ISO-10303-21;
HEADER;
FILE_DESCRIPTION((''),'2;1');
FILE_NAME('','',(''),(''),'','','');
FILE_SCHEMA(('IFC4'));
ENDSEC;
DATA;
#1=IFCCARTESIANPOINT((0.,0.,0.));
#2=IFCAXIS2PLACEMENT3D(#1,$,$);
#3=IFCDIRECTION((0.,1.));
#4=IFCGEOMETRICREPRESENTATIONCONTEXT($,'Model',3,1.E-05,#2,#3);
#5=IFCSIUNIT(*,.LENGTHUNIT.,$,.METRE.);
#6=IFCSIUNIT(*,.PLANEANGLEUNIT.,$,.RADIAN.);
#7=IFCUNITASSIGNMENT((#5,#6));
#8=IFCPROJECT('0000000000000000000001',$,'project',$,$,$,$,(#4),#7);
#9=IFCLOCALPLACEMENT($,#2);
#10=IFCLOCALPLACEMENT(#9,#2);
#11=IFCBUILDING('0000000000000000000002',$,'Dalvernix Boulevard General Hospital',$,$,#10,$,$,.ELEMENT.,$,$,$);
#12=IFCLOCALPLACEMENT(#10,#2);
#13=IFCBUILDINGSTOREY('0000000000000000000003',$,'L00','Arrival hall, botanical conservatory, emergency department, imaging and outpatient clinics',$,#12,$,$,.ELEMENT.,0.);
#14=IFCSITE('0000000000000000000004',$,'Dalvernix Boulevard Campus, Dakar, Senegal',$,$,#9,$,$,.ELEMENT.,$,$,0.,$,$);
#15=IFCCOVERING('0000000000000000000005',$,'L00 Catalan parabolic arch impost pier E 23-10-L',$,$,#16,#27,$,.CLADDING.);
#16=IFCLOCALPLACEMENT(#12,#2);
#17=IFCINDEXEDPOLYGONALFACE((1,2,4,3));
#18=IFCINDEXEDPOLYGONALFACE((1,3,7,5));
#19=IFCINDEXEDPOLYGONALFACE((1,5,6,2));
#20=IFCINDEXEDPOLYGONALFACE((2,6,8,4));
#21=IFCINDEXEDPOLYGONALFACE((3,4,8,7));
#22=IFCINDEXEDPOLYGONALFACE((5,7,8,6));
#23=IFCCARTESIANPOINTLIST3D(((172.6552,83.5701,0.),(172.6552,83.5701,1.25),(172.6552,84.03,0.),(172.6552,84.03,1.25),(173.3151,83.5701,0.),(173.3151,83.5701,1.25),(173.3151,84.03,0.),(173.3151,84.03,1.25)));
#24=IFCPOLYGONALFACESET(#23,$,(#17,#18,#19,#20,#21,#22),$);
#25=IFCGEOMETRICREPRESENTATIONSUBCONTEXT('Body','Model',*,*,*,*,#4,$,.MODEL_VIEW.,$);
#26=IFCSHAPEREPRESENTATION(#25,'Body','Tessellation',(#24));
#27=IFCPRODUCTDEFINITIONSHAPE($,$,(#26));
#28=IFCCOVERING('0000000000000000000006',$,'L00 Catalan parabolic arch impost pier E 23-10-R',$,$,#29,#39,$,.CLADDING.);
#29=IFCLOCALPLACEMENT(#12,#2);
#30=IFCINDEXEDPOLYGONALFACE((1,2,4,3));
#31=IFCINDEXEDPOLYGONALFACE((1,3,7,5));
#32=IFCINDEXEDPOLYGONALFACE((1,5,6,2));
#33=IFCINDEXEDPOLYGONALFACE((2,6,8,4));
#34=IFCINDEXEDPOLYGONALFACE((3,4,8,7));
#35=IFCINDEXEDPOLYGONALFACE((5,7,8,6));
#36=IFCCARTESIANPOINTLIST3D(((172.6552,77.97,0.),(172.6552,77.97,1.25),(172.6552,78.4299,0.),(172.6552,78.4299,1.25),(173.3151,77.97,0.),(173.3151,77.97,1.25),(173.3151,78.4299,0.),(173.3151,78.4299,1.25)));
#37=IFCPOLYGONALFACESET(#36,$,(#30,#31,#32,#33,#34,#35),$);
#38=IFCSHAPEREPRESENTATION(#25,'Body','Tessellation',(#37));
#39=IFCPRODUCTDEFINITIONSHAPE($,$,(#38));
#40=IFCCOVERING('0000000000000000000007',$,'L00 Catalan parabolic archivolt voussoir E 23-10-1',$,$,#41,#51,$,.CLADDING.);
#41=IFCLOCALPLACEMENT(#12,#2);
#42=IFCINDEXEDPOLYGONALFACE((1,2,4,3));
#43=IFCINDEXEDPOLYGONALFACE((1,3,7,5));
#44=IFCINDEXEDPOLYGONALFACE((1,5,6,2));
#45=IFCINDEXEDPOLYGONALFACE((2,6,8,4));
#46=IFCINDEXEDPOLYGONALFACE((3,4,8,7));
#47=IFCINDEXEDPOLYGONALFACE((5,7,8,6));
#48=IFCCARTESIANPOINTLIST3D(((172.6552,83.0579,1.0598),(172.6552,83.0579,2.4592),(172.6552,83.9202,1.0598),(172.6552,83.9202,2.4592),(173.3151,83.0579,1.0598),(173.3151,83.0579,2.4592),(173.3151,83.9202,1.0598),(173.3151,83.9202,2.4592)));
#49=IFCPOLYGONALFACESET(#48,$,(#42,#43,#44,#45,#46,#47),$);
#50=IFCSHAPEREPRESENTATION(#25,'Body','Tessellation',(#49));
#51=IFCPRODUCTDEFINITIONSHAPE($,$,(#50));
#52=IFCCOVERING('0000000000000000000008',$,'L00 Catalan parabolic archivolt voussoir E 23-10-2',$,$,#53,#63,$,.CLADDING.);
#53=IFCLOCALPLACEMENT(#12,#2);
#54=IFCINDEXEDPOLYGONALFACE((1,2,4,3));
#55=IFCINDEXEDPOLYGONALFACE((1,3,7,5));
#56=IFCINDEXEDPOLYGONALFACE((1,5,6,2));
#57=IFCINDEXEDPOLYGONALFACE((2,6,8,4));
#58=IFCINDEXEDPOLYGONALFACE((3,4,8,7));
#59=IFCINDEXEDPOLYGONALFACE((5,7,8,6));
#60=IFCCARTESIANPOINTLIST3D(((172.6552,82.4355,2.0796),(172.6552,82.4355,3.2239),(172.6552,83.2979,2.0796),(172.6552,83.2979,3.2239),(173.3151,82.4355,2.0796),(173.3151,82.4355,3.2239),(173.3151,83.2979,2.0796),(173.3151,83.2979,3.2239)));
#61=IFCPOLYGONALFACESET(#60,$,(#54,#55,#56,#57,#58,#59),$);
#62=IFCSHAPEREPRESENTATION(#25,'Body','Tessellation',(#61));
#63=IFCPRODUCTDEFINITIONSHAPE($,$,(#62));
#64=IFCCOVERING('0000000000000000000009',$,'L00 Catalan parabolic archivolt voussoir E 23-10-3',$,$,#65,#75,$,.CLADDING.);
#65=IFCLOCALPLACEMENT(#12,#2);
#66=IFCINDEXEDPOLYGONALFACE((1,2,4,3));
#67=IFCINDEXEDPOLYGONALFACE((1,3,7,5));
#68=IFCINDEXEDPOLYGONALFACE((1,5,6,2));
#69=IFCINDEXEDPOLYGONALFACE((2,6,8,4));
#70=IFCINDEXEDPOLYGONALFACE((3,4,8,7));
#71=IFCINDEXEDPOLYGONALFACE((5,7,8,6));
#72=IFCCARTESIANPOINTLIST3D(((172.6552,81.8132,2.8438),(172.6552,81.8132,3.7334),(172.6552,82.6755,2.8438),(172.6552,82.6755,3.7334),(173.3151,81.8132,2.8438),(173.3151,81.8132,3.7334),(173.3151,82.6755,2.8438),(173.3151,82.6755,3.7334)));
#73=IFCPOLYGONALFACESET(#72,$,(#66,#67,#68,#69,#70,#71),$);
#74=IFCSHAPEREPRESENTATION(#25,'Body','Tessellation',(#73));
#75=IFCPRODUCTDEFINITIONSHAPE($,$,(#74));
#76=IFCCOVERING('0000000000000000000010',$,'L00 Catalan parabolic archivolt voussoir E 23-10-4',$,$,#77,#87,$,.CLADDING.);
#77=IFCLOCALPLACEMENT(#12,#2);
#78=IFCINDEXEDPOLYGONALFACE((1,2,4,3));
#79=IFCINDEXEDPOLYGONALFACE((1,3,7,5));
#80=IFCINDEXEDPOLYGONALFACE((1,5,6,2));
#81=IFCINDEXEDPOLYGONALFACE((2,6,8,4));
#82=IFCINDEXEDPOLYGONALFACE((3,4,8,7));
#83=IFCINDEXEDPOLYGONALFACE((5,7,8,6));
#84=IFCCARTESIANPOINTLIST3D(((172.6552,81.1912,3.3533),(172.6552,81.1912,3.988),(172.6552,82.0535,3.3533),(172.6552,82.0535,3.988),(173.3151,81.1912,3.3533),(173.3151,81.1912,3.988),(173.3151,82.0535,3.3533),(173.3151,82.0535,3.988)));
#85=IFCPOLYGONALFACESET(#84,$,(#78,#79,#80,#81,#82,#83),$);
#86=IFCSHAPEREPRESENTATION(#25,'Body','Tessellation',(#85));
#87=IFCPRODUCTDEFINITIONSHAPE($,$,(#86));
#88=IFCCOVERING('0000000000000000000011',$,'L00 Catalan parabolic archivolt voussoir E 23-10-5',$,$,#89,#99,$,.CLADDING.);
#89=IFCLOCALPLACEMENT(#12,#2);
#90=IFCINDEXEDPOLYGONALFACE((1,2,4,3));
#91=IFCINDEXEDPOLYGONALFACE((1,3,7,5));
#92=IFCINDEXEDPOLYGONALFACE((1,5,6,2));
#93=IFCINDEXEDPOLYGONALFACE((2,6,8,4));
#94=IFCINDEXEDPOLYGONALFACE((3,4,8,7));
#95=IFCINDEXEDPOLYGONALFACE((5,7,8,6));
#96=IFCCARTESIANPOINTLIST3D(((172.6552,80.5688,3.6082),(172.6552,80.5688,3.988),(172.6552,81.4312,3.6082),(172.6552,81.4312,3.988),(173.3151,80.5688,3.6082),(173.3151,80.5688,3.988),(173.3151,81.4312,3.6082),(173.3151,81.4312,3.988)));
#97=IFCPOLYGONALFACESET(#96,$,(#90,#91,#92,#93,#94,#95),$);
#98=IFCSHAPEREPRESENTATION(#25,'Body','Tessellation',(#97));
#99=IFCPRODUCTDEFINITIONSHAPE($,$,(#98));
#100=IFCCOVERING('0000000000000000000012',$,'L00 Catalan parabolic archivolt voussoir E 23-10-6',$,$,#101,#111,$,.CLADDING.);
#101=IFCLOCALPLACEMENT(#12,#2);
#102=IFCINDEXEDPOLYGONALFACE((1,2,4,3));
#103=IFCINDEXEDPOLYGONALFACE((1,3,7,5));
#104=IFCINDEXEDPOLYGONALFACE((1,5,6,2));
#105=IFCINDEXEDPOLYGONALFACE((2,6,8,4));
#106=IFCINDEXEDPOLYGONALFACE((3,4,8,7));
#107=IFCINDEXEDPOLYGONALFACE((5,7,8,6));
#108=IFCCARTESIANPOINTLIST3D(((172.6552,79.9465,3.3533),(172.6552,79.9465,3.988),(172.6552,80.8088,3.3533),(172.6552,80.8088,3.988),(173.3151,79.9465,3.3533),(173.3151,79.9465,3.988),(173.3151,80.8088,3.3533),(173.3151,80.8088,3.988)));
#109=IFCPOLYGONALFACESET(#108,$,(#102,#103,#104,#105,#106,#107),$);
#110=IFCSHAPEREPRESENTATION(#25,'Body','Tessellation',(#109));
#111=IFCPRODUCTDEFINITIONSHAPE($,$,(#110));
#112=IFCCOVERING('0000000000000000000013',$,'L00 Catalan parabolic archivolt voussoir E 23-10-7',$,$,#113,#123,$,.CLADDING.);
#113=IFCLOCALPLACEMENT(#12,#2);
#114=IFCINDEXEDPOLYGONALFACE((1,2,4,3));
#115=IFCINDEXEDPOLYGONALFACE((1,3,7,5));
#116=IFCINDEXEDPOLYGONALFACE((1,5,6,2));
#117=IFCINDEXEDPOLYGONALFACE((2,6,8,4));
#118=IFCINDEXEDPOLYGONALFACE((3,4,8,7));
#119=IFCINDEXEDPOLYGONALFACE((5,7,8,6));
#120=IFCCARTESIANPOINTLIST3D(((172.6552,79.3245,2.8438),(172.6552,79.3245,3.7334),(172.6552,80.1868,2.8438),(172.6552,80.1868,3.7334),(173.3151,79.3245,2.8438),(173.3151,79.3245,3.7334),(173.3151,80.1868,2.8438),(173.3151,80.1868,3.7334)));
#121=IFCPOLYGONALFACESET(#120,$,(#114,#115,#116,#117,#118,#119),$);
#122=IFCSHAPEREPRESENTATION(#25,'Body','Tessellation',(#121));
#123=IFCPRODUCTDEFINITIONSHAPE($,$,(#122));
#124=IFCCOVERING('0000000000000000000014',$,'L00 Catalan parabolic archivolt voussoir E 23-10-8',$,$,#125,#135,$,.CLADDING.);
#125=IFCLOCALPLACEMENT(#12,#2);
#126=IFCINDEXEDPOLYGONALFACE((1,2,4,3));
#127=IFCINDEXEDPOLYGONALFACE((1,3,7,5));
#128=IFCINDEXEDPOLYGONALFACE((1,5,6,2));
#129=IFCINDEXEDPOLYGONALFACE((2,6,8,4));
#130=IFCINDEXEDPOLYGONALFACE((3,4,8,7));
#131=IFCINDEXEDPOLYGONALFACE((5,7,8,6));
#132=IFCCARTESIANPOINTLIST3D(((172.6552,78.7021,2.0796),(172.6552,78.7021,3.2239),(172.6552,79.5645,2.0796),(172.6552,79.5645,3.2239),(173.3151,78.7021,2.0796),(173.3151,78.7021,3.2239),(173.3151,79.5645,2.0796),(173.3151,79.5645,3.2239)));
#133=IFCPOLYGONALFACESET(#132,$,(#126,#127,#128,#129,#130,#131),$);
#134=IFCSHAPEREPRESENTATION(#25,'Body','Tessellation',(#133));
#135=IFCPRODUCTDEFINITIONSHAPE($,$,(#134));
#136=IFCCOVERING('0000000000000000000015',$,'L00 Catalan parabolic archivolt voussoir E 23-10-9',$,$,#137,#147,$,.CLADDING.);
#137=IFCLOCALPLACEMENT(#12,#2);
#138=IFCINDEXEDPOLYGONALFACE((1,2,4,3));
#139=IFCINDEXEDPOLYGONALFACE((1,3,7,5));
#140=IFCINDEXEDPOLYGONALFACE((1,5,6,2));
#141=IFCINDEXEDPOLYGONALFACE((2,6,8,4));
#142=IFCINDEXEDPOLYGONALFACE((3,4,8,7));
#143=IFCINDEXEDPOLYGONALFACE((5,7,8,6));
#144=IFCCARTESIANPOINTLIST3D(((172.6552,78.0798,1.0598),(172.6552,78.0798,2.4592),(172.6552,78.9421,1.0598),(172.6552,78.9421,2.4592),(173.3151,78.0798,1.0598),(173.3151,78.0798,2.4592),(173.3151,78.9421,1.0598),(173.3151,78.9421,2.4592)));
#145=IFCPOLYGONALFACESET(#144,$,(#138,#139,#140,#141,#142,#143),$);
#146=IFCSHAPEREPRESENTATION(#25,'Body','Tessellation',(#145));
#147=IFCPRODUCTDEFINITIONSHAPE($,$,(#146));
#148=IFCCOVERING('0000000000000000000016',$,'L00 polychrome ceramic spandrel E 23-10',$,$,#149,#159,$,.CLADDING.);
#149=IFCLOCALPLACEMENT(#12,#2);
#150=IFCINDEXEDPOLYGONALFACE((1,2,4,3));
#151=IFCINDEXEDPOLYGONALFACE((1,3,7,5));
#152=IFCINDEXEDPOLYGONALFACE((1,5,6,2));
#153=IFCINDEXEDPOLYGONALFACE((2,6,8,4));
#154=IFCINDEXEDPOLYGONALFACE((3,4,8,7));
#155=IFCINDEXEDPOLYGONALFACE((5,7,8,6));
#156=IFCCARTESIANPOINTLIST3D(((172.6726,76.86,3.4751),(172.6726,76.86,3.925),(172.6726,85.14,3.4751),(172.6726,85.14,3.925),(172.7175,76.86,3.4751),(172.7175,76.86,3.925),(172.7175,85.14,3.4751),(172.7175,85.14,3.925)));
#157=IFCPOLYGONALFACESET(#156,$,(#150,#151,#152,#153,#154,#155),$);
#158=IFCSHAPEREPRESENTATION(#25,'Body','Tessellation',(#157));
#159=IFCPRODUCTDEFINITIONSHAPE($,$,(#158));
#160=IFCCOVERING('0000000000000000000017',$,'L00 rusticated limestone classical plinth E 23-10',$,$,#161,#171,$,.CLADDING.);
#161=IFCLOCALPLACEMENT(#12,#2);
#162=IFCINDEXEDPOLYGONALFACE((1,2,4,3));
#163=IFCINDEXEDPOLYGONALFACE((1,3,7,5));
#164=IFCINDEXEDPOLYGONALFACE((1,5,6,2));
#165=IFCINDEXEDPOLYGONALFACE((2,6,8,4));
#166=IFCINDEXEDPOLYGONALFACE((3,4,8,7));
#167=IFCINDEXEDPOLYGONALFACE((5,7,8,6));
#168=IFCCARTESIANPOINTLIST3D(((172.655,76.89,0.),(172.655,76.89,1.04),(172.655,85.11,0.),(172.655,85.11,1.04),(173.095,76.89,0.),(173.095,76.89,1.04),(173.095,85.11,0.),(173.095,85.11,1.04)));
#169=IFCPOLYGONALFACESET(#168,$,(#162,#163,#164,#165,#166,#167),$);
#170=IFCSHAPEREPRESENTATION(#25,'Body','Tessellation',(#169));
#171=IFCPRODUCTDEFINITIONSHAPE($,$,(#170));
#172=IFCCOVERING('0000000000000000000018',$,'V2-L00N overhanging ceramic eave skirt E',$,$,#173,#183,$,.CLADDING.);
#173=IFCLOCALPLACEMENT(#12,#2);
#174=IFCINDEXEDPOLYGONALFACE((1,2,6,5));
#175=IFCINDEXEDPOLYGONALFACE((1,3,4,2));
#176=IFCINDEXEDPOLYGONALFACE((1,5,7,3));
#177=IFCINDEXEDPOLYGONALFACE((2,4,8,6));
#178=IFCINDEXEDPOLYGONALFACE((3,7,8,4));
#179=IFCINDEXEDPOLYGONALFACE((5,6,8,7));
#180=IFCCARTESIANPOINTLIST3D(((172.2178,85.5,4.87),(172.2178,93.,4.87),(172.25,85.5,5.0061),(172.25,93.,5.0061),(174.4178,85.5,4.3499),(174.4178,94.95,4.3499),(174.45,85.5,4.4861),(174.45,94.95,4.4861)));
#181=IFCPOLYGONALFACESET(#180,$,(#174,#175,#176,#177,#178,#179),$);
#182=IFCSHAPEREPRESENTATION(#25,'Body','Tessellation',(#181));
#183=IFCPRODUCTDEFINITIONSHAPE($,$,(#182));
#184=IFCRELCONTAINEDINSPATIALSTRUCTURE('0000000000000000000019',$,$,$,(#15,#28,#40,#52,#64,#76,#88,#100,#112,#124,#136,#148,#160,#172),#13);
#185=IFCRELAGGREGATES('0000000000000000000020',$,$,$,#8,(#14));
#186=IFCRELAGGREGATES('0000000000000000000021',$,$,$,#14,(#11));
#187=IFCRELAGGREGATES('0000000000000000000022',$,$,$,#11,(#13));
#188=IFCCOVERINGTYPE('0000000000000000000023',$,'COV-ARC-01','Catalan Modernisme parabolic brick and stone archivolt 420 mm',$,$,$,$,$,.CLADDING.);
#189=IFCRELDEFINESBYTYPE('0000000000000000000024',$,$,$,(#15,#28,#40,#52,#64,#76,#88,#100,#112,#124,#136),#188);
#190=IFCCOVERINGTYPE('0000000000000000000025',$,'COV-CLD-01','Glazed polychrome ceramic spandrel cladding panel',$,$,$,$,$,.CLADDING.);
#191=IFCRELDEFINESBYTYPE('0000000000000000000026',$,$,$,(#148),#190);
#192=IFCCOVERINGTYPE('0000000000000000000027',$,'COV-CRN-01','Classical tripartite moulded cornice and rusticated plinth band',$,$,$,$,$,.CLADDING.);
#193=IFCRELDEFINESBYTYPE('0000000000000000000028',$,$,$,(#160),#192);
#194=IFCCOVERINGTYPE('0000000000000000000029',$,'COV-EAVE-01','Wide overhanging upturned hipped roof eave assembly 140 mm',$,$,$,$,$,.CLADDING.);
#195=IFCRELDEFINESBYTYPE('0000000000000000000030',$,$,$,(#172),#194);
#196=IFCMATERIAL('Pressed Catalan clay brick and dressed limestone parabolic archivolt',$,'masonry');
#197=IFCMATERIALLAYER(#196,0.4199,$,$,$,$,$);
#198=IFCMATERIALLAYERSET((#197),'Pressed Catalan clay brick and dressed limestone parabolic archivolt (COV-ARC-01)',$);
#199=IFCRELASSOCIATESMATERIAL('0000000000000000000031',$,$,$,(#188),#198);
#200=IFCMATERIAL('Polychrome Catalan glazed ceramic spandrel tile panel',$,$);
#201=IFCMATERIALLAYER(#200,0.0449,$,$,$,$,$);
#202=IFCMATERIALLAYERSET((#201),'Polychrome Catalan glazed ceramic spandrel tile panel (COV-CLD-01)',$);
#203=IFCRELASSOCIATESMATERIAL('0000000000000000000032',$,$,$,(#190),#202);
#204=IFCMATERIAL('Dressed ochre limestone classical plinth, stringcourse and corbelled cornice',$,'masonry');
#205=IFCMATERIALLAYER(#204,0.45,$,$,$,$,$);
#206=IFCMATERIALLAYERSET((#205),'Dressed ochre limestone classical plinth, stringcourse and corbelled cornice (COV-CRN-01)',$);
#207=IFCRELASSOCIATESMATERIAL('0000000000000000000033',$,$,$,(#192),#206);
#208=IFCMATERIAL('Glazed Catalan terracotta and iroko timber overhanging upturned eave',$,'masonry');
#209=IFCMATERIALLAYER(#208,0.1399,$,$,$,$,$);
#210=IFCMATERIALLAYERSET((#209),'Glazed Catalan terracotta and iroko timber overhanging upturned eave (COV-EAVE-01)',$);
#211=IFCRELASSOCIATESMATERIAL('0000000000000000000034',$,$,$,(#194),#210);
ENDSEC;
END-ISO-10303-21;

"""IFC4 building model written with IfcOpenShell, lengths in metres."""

from ifc_helpers import new_model, si_unit, direction, frame, origin, origin_2d, place, context, subcontext, project, spatial, polyline, rectangle, outline, extrude, material, layer, layer_set, type_object, element, save


model = new_model("IFC4")

# Units and contexts
model_context = context("Model", 3, precision=1e-05, world=origin(), true_north=direction((0.0, 1.0)))
body_context = subcontext(model_context, "Body", "Model", "MODEL_VIEW")
ifc_project = project(units=[si_unit("LENGTHUNIT", "METRE"), si_unit("PLANEANGLEUNIT", "RADIAN")], contexts=[model_context])

# Site, building, storey
site_placement = place(None, origin())
site = spatial("IfcSite", under=ifc_project, at=site_placement, Name="Dalvernix Boulevard Campus, Dakar, Senegal", CompositionType="ELEMENT", RefElevation=0.0)
building_placement = place(site_placement, origin())
building = spatial("IfcBuilding", under=site, at=building_placement, Name="Dalvernix Boulevard General Hospital", CompositionType="ELEMENT")
storey_placement = place(building_placement, origin())
storey = spatial("IfcBuildingStorey", under=building, at=storey_placement, Name="L00", Description="Arrival hall, botanical conservatory, emergency department, imaging and outpatient clinics", CompositionType="ELEMENT", Elevation=0.0)

# Coverings
ifc_material_1 = material(Name="Pressed Catalan clay brick and dressed limestone parabolic archivolt", Category="masonry")
ifc_layer_1 = layer(ifc_material_1, 0.4199)
ifc_layer_set_1 = layer_set([ifc_layer_1], Name="Pressed Catalan clay brick and dressed limestone parabolic archivolt (COV-ARC-01)")
covering_type_1 = type_object("IfcCoveringType", Name="COV-ARC-01", Description="Catalan Modernisme parabolic brick and stone archivolt 420 mm", PredefinedType="CLADDING", material=ifc_layer_set_1)
for number, where, z_axis, x_axis, name in (
    (1, (172.9851, 83.8, 0.0), (0.0, 0.0, 1.0), (0.0, -1.0, 0.0), "L00 Catalan parabolic arch impost pier E 23-10-L"),
    (2, (172.9851, 78.2, 0.0), (0.0, 0.0, 1.0), (0.0, -1.0, 0.0), "L00 Catalan parabolic arch impost pier E 23-10-R"),
):
    element("IfcCovering", number, at=place(storey_placement, frame(where, z_axis=z_axis, x_axis=x_axis)), inside=storey, type_object=covering_type_1, Name=name, PredefinedType="CLADDING", context=body_context, shape_type="SweptSolid", body=[
        extrude(rectangle(XDim=0.46, YDim=0.6599, at=origin_2d()), origin(), (0.0, 0.0, 1.0), 1.25),
    ])
covering_1_placement = place(storey_placement, frame((172.9851, 83.489, 1.0598), z_axis=(0.0, 0.0, 1.0), x_axis=(0.0, -1.0, 0.0)))
element("IfcCovering", 3, at=covering_1_placement, inside=storey, type_object=covering_type_1, Name="L00 Catalan parabolic archivolt voussoir E 23-10-1", PredefinedType="CLADDING", context=body_context, shape_type="SweptSolid", body=[
    extrude(rectangle(XDim=0.8623, YDim=0.6599, at=origin_2d()), origin(), (0.0, 0.0, 1.0), 1.3994),
])
covering_2_placement = place(storey_placement, frame((172.9851, 82.8667, 2.0796), z_axis=(0.0, 0.0, 1.0), x_axis=(0.0, -1.0, 0.0)))
element("IfcCovering", 4, at=covering_2_placement, inside=storey, type_object=covering_type_1, Name="L00 Catalan parabolic archivolt voussoir E 23-10-2", PredefinedType="CLADDING", context=body_context, shape_type="SweptSolid", body=[
    extrude(rectangle(XDim=0.8623, YDim=0.6599, at=origin_2d()), origin(), (0.0, 0.0, 1.0), 1.1443),
])
covering_3_placement = place(storey_placement, frame((172.9851, 82.2444, 2.8438), z_axis=(0.0, 0.0, 1.0), x_axis=(0.0, -1.0, 0.0)))
element("IfcCovering", 5, at=covering_3_placement, inside=storey, type_object=covering_type_1, Name="L00 Catalan parabolic archivolt voussoir E 23-10-3", PredefinedType="CLADDING", context=body_context, shape_type="SweptSolid", body=[
    extrude(rectangle(XDim=0.8623, YDim=0.6599, at=origin_2d()), origin(), (0.0, 0.0, 1.0), 0.8896),
])
covering_4_placement = place(storey_placement, frame((172.9851, 81.6223, 3.3533), z_axis=(0.0, 0.0, 1.0), x_axis=(0.0, -1.0, 0.0)))
element("IfcCovering", 6, at=covering_4_placement, inside=storey, type_object=covering_type_1, Name="L00 Catalan parabolic archivolt voussoir E 23-10-4", PredefinedType="CLADDING", context=body_context, shape_type="SweptSolid", body=[
    extrude(rectangle(XDim=0.8623, YDim=0.6599, at=origin_2d()), origin(), (0.0, 0.0, 1.0), 0.6348),
])
covering_5_placement = place(storey_placement, frame((172.9851, 81.0, 3.6082), z_axis=(0.0, 0.0, 1.0), x_axis=(0.0, -1.0, 0.0)))
element("IfcCovering", 7, at=covering_5_placement, inside=storey, type_object=covering_type_1, Name="L00 Catalan parabolic archivolt voussoir E 23-10-5", PredefinedType="CLADDING", context=body_context, shape_type="SweptSolid", body=[
    extrude(rectangle(XDim=0.8623, YDim=0.6599, at=origin_2d()), origin(), (0.0, 0.0, 1.0), 0.3799),
])
covering_6_placement = place(storey_placement, frame((172.9851, 80.3777, 3.3533), z_axis=(0.0, 0.0, 1.0), x_axis=(0.0, -1.0, 0.0)))
element("IfcCovering", 8, at=covering_6_placement, inside=storey, type_object=covering_type_1, Name="L00 Catalan parabolic archivolt voussoir E 23-10-6", PredefinedType="CLADDING", context=body_context, shape_type="SweptSolid", body=[
    extrude(rectangle(XDim=0.8623, YDim=0.6599, at=origin_2d()), origin(), (0.0, 0.0, 1.0), 0.6348),
])
covering_7_placement = place(storey_placement, frame((172.9851, 79.7556, 2.8438), z_axis=(0.0, 0.0, 1.0), x_axis=(0.0, -1.0, 0.0)))
element("IfcCovering", 9, at=covering_7_placement, inside=storey, type_object=covering_type_1, Name="L00 Catalan parabolic archivolt voussoir E 23-10-7", PredefinedType="CLADDING", context=body_context, shape_type="SweptSolid", body=[
    extrude(rectangle(XDim=0.8623, YDim=0.6599, at=origin_2d()), origin(), (0.0, 0.0, 1.0), 0.8896),
])
covering_8_placement = place(storey_placement, frame((172.9851, 79.1333, 2.0796), z_axis=(0.0, 0.0, 1.0), x_axis=(0.0, -1.0, 0.0)))
element("IfcCovering", 10, at=covering_8_placement, inside=storey, type_object=covering_type_1, Name="L00 Catalan parabolic archivolt voussoir E 23-10-8", PredefinedType="CLADDING", context=body_context, shape_type="SweptSolid", body=[
    extrude(rectangle(XDim=0.8623, YDim=0.6599, at=origin_2d()), origin(), (0.0, 0.0, 1.0), 1.1443),
])
covering_9_placement = place(storey_placement, frame((172.9851, 78.511, 1.0598), z_axis=(0.0, 0.0, 1.0), x_axis=(0.0, -1.0, 0.0)))
element("IfcCovering", 11, at=covering_9_placement, inside=storey, type_object=covering_type_1, Name="L00 Catalan parabolic archivolt voussoir E 23-10-9", PredefinedType="CLADDING", context=body_context, shape_type="SweptSolid", body=[
    extrude(rectangle(XDim=0.8623, YDim=0.6599, at=origin_2d()), origin(), (0.0, 0.0, 1.0), 1.3994),
])
ifc_material_2 = material(Name="Polychrome Catalan glazed ceramic spandrel tile panel")
ifc_layer_2 = layer(ifc_material_2, 0.0449)
ifc_layer_set_2 = layer_set([ifc_layer_2], Name="Polychrome Catalan glazed ceramic spandrel tile panel (COV-CLD-01)")
covering_type_2 = type_object("IfcCoveringType", Name="COV-CLD-01", Description="Glazed polychrome ceramic spandrel cladding panel", PredefinedType="CLADDING", material=ifc_layer_set_2)
covering_10_placement = place(storey_placement, frame((172.6951, 81.0, 3.4751), z_axis=(0.0, 0.0, 1.0), x_axis=(0.0, -1.0, 0.0)))
element("IfcCovering", 12, at=covering_10_placement, inside=storey, type_object=covering_type_2, Name="L00 polychrome ceramic spandrel E 23-10", PredefinedType="CLADDING", context=body_context, shape_type="SweptSolid", body=[
    extrude(rectangle(XDim=8.28, YDim=0.0449, at=origin_2d()), origin(), (0.0, 0.0, 1.0), 0.45),
])
ifc_material_3 = material(Name="Dressed ochre limestone classical plinth, stringcourse and corbelled cornice", Category="masonry")
ifc_layer_3 = layer(ifc_material_3, 0.45)
ifc_layer_set_3 = layer_set([ifc_layer_3], Name="Dressed ochre limestone classical plinth, stringcourse and corbelled cornice (COV-CRN-01)")
covering_type_3 = type_object("IfcCoveringType", Name="COV-CRN-01", Description="Classical tripartite moulded cornice and rusticated plinth band", PredefinedType="CLADDING", material=ifc_layer_set_3)
covering_11_placement = place(storey_placement, frame((172.875, 81.0, 0.0), z_axis=(0.0, 0.0, 1.0), x_axis=(0.0, -1.0, 0.0)))
element("IfcCovering", 13, at=covering_11_placement, inside=storey, type_object=covering_type_3, Name="L00 rusticated limestone classical plinth E 23-10", PredefinedType="CLADDING", context=body_context, shape_type="SweptSolid", body=[
    extrude(rectangle(XDim=8.22, YDim=0.4399, at=origin_2d()), origin(), (0.0, 0.0, 1.0), 1.04),
])
ifc_material_4 = material(Name="Glazed Catalan terracotta and iroko timber overhanging upturned eave", Category="masonry")
ifc_layer_4 = layer(ifc_material_4, 0.1399)
ifc_layer_set_4 = layer_set([ifc_layer_4], Name="Glazed Catalan terracotta and iroko timber overhanging upturned eave (COV-EAVE-01)")
covering_type_4 = type_object("IfcCoveringType", Name="COV-EAVE-01", Description="Wide overhanging upturned hipped roof eave assembly 140 mm", PredefinedType="CLADDING", material=ifc_layer_set_4)
covering_12_placement = place(storey_placement, frame((172.25, 85.5, 5.0061), z_axis=(0.230038, 0.0, 0.973182), x_axis=(0.0, 1.0, 0.0)))
element("IfcCovering", 14, at=covering_12_placement, inside=storey, type_object=covering_type_4, Name="V2-L00N overhanging ceramic eave skirt E", PredefinedType="CLADDING", context=body_context, shape_type="SweptSolid", body=[
    extrude(outline(polyline([(0.0, 0.0), (7.5, 0.0), (9.45, -2.2606), (0.0, -2.2606), (0.0, 0.0)])), origin(), (0.0, 0.0, -1.0), 0.1399),
])

save(model, "model.ifc")
